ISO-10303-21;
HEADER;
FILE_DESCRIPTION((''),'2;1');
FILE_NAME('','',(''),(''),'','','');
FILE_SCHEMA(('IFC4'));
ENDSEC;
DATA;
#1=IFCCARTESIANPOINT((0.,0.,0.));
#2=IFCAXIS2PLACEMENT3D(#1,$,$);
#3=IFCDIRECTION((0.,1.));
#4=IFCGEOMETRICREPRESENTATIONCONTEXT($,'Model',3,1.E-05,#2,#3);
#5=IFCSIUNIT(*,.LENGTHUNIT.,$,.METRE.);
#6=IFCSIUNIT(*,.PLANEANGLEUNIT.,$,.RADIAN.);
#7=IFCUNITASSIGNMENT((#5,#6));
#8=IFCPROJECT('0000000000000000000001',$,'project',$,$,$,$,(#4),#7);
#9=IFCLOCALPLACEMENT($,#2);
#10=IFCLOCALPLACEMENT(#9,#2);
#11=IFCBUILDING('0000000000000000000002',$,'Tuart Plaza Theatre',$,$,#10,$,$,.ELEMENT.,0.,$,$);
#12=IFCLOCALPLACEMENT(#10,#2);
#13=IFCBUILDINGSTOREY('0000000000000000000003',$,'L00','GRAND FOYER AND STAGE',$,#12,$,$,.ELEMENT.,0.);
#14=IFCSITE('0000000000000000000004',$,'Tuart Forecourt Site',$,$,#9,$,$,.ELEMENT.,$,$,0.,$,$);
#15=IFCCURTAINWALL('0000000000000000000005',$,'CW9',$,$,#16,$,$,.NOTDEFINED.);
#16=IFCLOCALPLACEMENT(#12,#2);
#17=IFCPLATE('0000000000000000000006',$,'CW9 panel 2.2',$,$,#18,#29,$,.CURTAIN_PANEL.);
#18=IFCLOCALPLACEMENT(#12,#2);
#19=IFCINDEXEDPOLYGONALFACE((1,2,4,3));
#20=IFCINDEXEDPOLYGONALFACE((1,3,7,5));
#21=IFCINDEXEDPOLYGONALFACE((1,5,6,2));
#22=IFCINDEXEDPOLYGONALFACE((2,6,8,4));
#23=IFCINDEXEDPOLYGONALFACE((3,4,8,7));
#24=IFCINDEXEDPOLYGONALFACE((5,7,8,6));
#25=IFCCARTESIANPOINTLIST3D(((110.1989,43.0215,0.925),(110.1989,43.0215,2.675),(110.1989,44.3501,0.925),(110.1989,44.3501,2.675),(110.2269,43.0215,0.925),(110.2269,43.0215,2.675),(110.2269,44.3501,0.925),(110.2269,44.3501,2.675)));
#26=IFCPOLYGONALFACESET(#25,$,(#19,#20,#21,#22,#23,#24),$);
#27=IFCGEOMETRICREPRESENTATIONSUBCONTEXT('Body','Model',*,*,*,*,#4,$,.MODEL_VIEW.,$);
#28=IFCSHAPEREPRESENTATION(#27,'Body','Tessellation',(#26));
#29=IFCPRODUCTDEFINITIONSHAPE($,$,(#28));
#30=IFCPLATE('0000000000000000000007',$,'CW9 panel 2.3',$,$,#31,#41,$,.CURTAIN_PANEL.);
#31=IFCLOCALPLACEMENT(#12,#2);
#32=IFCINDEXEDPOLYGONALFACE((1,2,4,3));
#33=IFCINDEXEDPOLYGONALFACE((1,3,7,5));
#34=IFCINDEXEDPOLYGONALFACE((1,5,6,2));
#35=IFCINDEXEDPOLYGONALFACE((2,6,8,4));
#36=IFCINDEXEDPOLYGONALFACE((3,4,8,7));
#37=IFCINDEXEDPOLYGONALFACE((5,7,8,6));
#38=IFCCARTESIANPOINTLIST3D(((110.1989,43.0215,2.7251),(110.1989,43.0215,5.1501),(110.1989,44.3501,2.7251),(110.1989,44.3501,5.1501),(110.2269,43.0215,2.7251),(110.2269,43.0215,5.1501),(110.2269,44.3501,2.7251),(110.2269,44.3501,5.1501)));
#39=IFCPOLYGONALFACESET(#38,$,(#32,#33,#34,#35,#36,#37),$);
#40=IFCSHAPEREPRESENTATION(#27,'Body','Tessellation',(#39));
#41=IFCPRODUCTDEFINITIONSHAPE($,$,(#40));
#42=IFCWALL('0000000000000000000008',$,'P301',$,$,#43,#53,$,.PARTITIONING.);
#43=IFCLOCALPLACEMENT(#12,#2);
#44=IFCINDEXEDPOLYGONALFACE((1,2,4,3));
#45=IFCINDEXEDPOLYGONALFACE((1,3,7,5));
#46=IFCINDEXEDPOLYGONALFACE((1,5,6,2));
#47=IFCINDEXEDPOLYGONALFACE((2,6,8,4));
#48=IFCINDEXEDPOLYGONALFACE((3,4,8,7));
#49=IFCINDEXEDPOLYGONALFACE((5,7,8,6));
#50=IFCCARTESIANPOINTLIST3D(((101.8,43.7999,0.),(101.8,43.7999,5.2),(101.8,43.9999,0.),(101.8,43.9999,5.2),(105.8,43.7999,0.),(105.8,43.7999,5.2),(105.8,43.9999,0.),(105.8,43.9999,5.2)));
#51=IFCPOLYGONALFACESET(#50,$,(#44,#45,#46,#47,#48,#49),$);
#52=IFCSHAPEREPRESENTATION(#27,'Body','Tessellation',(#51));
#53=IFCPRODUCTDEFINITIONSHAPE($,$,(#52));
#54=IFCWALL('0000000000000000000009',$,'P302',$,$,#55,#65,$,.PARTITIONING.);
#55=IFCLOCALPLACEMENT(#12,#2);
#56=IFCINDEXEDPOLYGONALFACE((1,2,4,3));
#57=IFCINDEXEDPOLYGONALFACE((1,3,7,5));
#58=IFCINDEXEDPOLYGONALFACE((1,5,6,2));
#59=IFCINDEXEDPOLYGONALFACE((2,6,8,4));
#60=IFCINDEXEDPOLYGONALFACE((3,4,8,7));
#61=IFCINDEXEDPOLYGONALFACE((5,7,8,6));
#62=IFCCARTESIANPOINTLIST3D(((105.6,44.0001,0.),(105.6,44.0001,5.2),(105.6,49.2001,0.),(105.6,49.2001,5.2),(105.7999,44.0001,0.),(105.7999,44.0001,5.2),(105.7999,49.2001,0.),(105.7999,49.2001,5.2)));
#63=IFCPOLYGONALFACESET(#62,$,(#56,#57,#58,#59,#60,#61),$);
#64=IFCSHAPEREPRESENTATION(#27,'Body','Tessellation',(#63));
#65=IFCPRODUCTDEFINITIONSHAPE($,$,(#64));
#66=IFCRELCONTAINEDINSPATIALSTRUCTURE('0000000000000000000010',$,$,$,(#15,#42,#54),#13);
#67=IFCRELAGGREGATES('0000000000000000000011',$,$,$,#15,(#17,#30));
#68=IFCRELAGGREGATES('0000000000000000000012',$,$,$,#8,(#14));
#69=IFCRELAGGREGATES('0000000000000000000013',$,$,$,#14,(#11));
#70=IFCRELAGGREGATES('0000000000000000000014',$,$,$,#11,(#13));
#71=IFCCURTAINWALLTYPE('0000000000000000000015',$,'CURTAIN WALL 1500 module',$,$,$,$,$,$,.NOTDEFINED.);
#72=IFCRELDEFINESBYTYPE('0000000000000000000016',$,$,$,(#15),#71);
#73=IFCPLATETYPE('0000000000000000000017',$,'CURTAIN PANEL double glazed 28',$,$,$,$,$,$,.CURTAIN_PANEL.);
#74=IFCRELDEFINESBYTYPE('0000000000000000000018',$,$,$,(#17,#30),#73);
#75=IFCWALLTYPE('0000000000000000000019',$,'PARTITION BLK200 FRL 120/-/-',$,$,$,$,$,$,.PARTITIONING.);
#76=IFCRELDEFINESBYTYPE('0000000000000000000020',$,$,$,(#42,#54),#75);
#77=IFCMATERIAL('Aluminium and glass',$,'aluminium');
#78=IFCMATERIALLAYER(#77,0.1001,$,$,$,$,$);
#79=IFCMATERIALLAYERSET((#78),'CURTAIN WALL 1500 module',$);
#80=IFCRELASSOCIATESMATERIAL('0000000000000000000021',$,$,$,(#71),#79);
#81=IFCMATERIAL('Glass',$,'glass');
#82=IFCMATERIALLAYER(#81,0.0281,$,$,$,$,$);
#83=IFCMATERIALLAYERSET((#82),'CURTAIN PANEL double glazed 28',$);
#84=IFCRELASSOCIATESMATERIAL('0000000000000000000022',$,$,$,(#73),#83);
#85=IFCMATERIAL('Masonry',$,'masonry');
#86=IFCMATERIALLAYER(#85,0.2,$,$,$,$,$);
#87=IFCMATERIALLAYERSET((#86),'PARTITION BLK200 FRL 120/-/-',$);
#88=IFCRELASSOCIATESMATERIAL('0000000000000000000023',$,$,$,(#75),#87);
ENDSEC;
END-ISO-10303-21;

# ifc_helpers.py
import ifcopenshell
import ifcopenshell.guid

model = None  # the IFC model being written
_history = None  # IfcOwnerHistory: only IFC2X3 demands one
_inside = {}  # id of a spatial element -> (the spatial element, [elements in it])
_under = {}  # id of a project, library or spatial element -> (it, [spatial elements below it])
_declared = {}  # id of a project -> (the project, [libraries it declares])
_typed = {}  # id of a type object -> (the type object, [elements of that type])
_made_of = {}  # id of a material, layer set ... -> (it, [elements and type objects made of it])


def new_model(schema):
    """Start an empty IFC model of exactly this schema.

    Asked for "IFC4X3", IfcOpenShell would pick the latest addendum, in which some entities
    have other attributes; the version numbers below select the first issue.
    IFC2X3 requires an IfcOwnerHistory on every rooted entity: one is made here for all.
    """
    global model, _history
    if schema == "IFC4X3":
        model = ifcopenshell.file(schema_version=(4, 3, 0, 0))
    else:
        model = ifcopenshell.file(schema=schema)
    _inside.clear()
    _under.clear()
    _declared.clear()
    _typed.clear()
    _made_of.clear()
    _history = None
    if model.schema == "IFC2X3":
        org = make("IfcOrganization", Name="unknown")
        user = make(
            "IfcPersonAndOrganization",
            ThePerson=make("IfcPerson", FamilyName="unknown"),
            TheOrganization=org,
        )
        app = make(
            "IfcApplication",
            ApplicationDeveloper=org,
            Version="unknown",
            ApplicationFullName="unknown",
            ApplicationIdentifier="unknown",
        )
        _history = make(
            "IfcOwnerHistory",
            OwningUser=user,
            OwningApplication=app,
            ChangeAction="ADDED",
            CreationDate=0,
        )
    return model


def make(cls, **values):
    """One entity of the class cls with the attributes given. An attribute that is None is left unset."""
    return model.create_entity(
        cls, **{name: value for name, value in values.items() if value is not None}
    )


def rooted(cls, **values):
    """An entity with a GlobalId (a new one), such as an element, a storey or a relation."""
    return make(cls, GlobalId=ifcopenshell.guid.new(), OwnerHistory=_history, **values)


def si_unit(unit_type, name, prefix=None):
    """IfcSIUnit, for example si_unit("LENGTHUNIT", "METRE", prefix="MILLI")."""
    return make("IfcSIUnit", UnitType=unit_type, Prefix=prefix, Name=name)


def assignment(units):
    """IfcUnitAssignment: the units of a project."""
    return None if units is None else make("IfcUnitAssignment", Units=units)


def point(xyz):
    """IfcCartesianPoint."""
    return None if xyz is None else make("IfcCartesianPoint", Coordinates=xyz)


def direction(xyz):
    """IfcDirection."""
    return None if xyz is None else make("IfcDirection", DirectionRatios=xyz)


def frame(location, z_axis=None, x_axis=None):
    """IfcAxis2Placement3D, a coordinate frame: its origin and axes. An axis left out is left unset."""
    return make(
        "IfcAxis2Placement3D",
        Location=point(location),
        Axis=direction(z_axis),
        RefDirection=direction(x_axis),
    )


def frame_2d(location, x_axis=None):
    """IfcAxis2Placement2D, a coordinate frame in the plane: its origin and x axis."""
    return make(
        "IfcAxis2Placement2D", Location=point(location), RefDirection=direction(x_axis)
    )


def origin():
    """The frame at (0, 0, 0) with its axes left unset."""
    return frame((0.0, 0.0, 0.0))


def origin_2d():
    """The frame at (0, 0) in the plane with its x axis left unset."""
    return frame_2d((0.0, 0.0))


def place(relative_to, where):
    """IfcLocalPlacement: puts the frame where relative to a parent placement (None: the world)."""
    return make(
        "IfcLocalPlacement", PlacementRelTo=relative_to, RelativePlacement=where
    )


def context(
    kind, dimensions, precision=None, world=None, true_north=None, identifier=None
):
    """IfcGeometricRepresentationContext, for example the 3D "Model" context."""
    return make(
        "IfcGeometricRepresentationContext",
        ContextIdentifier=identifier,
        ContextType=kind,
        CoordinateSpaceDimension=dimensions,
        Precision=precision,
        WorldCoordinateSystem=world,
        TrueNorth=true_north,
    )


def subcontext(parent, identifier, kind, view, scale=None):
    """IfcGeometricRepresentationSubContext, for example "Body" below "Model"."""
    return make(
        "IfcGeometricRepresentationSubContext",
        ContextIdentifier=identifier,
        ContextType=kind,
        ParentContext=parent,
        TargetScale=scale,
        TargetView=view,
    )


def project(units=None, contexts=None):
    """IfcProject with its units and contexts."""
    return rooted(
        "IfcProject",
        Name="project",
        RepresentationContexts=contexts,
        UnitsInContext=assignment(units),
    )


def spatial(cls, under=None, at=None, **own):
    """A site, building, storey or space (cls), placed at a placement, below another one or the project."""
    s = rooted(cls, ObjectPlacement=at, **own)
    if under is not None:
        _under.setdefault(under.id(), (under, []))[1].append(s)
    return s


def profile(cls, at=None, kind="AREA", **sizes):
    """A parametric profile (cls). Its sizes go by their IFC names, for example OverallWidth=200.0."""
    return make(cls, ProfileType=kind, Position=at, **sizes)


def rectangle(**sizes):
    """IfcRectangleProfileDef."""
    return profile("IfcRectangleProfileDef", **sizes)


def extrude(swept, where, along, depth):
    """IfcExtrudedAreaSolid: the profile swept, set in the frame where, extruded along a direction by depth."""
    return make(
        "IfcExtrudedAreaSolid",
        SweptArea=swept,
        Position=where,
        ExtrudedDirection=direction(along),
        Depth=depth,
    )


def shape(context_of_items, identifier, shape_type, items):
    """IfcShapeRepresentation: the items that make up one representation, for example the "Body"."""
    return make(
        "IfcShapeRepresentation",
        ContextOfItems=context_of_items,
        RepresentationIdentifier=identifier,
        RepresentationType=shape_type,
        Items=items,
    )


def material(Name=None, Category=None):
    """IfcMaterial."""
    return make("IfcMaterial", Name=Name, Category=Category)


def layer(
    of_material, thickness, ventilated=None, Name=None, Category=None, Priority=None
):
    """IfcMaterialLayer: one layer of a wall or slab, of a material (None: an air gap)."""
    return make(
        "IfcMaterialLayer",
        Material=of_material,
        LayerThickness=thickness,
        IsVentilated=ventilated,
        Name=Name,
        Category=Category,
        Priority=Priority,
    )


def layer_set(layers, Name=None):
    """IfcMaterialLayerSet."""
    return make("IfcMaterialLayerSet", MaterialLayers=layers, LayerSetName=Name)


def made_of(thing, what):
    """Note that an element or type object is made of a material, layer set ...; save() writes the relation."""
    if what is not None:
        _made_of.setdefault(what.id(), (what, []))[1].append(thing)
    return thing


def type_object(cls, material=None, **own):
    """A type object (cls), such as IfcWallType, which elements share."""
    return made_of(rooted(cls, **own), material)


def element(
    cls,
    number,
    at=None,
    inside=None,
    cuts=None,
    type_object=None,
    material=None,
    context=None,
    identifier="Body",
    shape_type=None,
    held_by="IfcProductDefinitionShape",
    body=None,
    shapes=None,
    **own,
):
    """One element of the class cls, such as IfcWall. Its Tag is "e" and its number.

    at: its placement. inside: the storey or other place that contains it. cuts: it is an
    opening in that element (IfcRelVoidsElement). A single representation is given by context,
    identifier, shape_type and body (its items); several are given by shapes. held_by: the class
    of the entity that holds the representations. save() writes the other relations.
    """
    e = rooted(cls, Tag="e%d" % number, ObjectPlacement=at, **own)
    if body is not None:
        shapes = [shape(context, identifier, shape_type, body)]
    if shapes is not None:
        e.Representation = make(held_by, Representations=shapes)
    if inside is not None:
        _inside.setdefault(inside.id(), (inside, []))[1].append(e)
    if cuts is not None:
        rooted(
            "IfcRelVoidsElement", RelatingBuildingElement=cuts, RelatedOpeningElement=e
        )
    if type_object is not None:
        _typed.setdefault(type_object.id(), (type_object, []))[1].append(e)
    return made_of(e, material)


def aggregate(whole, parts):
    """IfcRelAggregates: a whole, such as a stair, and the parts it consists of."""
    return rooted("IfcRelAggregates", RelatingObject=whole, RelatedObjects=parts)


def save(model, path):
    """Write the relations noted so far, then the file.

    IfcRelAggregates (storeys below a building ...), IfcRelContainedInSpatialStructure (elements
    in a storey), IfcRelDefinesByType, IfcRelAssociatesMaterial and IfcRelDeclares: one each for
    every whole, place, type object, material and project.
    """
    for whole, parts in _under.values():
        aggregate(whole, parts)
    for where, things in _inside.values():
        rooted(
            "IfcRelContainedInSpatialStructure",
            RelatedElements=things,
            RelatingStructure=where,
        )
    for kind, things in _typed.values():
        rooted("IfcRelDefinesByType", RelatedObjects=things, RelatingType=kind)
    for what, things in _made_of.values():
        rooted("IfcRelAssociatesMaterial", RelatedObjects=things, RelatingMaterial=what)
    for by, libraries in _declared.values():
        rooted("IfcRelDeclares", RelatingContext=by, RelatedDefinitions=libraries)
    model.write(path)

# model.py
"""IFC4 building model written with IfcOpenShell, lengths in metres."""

from ifc_helpers import new_model, si_unit, direction, frame, frame_2d, origin, origin_2d, place, context, subcontext, project, spatial, rectangle, extrude, material, layer, layer_set, type_object, element, aggregate, save


model = new_model("IFC4")

# Units and contexts
model_context = context("Model", 3, precision=1e-05, world=origin(), true_north=direction((0.0, 1.0)))
body_context = subcontext(model_context, "Body", "Model", "MODEL_VIEW")
ifc_project = project(units=[si_unit("LENGTHUNIT", "METRE"), si_unit("PLANEANGLEUNIT", "RADIAN")], contexts=[model_context])

# Site, building, storey
site_placement = place(None, origin())
site = spatial("IfcSite", under=ifc_project, at=site_placement, Name="Tuart Forecourt Site", CompositionType="ELEMENT", RefElevation=0.0)
building_placement = place(site_placement, origin())
building = spatial("IfcBuilding", under=site, at=building_placement, Name="Tuart Plaza Theatre", CompositionType="ELEMENT", ElevationOfRefHeight=0.0)
storey_placement = place(building_placement, origin())
storey = spatial("IfcBuildingStorey", under=building, at=storey_placement, Name="L00", Description="GRAND FOYER AND STAGE", CompositionType="ELEMENT", Elevation=0.0)

# Curtain wall
ifc_material_1 = material(Name="Aluminium and glass", Category="aluminium")
ifc_layer_1 = layer(ifc_material_1, 0.1001)
ifc_layer_set_1 = layer_set([ifc_layer_1], Name="CURTAIN WALL 1500 module")
curtain_wall_type = type_object("IfcCurtainWallType", Name="CURTAIN WALL 1500 module", PredefinedType="NOTDEFINED", material=ifc_layer_set_1)
curtain_wall_1_placement = place(storey_placement, origin())
curtain_wall_1 = element("IfcCurtainWall", 1, at=curtain_wall_1_placement, inside=storey, type_object=curtain_wall_type, Name="CW9", PredefinedType="NOTDEFINED")

# Plates
ifc_material_2 = material(Name="Glass", Category="glass")
ifc_layer_2 = layer(ifc_material_2, 0.0281)
ifc_layer_set_2 = layer_set([ifc_layer_2], Name="CURTAIN PANEL double glazed 28")
plate_type = type_object("IfcPlateType", Name="CURTAIN PANEL double glazed 28", PredefinedType="CURTAIN_PANEL", material=ifc_layer_set_2)
plate_1_placement = place(storey_placement, frame((110.2129, 43.6858, 0.925), z_axis=(0.0, 0.0, 1.0), x_axis=(0.0, 1.0, 0.0)))
plate_1 = element("IfcPlate", 2, at=plate_1_placement, type_object=plate_type, Name="CW9 panel 2.2", PredefinedType="CURTAIN_PANEL", context=body_context, shape_type="SweptSolid", body=[
    extrude(rectangle(XDim=1.3286, YDim=0.0281, at=origin_2d()), origin(), (0.0, 0.0, 1.0), 1.75),
])
plate_2_placement = place(storey_placement, frame((110.2129, 43.6858, 2.7251), z_axis=(0.0, 0.0, 1.0), x_axis=(0.0, 1.0, 0.0)))
plate_2 = element("IfcPlate", 3, at=plate_2_placement, type_object=plate_type, Name="CW9 panel 2.3", PredefinedType="CURTAIN_PANEL", context=body_context, shape_type="SweptSolid", body=[
    extrude(rectangle(XDim=1.3286, YDim=0.0281, at=origin_2d()), origin(), (0.0, 0.0, 1.0), 2.425),
])
aggregate(curtain_wall_1, [plate_1, plate_2])

# Walls
ifc_material_3 = material(Name="Masonry", Category="masonry")
ifc_layer_3 = layer(ifc_material_3, 0.2)
ifc_layer_set_3 = layer_set([ifc_layer_3], Name="PARTITION BLK200 FRL 120/-/-")
wall_type = type_object("IfcWallType", Name="PARTITION BLK200 FRL 120/-/-", PredefinedType="PARTITIONING", material=ifc_layer_set_3)
wall_1_placement = place(storey_placement, frame((101.8, 43.8999, 0.0), z_axis=(0.0, 0.0, 1.0), x_axis=(1.0, 0.0, 0.0)))
element("IfcWall", 4, at=wall_1_placement, inside=storey, type_object=wall_type, Name="P301", PredefinedType="PARTITIONING", context=body_context, shape_type="SweptSolid", body=[
    extrude(rectangle(XDim=4.0, YDim=0.2, at=frame_2d((2.0, 0.0))), origin(), (0.0, 0.0, 1.0), 5.2),
])
wall_2_placement = place(storey_placement, frame((105.7, 44.0, 0.0), z_axis=(0.0, 0.0, 1.0), x_axis=(0.0, 1.0, 0.0)))
element("IfcWall", 5, at=wall_2_placement, inside=storey, type_object=wall_type, Name="P302", PredefinedType="PARTITIONING", context=body_context, shape_type="SweptSolid", body=[
    extrude(rectangle(XDim=5.2, YDim=0.2, at=frame_2d((2.6001, 0.0))), origin(), (0.0, 0.0, 1.0), 5.2),
])

save(model, "model.ifc")
